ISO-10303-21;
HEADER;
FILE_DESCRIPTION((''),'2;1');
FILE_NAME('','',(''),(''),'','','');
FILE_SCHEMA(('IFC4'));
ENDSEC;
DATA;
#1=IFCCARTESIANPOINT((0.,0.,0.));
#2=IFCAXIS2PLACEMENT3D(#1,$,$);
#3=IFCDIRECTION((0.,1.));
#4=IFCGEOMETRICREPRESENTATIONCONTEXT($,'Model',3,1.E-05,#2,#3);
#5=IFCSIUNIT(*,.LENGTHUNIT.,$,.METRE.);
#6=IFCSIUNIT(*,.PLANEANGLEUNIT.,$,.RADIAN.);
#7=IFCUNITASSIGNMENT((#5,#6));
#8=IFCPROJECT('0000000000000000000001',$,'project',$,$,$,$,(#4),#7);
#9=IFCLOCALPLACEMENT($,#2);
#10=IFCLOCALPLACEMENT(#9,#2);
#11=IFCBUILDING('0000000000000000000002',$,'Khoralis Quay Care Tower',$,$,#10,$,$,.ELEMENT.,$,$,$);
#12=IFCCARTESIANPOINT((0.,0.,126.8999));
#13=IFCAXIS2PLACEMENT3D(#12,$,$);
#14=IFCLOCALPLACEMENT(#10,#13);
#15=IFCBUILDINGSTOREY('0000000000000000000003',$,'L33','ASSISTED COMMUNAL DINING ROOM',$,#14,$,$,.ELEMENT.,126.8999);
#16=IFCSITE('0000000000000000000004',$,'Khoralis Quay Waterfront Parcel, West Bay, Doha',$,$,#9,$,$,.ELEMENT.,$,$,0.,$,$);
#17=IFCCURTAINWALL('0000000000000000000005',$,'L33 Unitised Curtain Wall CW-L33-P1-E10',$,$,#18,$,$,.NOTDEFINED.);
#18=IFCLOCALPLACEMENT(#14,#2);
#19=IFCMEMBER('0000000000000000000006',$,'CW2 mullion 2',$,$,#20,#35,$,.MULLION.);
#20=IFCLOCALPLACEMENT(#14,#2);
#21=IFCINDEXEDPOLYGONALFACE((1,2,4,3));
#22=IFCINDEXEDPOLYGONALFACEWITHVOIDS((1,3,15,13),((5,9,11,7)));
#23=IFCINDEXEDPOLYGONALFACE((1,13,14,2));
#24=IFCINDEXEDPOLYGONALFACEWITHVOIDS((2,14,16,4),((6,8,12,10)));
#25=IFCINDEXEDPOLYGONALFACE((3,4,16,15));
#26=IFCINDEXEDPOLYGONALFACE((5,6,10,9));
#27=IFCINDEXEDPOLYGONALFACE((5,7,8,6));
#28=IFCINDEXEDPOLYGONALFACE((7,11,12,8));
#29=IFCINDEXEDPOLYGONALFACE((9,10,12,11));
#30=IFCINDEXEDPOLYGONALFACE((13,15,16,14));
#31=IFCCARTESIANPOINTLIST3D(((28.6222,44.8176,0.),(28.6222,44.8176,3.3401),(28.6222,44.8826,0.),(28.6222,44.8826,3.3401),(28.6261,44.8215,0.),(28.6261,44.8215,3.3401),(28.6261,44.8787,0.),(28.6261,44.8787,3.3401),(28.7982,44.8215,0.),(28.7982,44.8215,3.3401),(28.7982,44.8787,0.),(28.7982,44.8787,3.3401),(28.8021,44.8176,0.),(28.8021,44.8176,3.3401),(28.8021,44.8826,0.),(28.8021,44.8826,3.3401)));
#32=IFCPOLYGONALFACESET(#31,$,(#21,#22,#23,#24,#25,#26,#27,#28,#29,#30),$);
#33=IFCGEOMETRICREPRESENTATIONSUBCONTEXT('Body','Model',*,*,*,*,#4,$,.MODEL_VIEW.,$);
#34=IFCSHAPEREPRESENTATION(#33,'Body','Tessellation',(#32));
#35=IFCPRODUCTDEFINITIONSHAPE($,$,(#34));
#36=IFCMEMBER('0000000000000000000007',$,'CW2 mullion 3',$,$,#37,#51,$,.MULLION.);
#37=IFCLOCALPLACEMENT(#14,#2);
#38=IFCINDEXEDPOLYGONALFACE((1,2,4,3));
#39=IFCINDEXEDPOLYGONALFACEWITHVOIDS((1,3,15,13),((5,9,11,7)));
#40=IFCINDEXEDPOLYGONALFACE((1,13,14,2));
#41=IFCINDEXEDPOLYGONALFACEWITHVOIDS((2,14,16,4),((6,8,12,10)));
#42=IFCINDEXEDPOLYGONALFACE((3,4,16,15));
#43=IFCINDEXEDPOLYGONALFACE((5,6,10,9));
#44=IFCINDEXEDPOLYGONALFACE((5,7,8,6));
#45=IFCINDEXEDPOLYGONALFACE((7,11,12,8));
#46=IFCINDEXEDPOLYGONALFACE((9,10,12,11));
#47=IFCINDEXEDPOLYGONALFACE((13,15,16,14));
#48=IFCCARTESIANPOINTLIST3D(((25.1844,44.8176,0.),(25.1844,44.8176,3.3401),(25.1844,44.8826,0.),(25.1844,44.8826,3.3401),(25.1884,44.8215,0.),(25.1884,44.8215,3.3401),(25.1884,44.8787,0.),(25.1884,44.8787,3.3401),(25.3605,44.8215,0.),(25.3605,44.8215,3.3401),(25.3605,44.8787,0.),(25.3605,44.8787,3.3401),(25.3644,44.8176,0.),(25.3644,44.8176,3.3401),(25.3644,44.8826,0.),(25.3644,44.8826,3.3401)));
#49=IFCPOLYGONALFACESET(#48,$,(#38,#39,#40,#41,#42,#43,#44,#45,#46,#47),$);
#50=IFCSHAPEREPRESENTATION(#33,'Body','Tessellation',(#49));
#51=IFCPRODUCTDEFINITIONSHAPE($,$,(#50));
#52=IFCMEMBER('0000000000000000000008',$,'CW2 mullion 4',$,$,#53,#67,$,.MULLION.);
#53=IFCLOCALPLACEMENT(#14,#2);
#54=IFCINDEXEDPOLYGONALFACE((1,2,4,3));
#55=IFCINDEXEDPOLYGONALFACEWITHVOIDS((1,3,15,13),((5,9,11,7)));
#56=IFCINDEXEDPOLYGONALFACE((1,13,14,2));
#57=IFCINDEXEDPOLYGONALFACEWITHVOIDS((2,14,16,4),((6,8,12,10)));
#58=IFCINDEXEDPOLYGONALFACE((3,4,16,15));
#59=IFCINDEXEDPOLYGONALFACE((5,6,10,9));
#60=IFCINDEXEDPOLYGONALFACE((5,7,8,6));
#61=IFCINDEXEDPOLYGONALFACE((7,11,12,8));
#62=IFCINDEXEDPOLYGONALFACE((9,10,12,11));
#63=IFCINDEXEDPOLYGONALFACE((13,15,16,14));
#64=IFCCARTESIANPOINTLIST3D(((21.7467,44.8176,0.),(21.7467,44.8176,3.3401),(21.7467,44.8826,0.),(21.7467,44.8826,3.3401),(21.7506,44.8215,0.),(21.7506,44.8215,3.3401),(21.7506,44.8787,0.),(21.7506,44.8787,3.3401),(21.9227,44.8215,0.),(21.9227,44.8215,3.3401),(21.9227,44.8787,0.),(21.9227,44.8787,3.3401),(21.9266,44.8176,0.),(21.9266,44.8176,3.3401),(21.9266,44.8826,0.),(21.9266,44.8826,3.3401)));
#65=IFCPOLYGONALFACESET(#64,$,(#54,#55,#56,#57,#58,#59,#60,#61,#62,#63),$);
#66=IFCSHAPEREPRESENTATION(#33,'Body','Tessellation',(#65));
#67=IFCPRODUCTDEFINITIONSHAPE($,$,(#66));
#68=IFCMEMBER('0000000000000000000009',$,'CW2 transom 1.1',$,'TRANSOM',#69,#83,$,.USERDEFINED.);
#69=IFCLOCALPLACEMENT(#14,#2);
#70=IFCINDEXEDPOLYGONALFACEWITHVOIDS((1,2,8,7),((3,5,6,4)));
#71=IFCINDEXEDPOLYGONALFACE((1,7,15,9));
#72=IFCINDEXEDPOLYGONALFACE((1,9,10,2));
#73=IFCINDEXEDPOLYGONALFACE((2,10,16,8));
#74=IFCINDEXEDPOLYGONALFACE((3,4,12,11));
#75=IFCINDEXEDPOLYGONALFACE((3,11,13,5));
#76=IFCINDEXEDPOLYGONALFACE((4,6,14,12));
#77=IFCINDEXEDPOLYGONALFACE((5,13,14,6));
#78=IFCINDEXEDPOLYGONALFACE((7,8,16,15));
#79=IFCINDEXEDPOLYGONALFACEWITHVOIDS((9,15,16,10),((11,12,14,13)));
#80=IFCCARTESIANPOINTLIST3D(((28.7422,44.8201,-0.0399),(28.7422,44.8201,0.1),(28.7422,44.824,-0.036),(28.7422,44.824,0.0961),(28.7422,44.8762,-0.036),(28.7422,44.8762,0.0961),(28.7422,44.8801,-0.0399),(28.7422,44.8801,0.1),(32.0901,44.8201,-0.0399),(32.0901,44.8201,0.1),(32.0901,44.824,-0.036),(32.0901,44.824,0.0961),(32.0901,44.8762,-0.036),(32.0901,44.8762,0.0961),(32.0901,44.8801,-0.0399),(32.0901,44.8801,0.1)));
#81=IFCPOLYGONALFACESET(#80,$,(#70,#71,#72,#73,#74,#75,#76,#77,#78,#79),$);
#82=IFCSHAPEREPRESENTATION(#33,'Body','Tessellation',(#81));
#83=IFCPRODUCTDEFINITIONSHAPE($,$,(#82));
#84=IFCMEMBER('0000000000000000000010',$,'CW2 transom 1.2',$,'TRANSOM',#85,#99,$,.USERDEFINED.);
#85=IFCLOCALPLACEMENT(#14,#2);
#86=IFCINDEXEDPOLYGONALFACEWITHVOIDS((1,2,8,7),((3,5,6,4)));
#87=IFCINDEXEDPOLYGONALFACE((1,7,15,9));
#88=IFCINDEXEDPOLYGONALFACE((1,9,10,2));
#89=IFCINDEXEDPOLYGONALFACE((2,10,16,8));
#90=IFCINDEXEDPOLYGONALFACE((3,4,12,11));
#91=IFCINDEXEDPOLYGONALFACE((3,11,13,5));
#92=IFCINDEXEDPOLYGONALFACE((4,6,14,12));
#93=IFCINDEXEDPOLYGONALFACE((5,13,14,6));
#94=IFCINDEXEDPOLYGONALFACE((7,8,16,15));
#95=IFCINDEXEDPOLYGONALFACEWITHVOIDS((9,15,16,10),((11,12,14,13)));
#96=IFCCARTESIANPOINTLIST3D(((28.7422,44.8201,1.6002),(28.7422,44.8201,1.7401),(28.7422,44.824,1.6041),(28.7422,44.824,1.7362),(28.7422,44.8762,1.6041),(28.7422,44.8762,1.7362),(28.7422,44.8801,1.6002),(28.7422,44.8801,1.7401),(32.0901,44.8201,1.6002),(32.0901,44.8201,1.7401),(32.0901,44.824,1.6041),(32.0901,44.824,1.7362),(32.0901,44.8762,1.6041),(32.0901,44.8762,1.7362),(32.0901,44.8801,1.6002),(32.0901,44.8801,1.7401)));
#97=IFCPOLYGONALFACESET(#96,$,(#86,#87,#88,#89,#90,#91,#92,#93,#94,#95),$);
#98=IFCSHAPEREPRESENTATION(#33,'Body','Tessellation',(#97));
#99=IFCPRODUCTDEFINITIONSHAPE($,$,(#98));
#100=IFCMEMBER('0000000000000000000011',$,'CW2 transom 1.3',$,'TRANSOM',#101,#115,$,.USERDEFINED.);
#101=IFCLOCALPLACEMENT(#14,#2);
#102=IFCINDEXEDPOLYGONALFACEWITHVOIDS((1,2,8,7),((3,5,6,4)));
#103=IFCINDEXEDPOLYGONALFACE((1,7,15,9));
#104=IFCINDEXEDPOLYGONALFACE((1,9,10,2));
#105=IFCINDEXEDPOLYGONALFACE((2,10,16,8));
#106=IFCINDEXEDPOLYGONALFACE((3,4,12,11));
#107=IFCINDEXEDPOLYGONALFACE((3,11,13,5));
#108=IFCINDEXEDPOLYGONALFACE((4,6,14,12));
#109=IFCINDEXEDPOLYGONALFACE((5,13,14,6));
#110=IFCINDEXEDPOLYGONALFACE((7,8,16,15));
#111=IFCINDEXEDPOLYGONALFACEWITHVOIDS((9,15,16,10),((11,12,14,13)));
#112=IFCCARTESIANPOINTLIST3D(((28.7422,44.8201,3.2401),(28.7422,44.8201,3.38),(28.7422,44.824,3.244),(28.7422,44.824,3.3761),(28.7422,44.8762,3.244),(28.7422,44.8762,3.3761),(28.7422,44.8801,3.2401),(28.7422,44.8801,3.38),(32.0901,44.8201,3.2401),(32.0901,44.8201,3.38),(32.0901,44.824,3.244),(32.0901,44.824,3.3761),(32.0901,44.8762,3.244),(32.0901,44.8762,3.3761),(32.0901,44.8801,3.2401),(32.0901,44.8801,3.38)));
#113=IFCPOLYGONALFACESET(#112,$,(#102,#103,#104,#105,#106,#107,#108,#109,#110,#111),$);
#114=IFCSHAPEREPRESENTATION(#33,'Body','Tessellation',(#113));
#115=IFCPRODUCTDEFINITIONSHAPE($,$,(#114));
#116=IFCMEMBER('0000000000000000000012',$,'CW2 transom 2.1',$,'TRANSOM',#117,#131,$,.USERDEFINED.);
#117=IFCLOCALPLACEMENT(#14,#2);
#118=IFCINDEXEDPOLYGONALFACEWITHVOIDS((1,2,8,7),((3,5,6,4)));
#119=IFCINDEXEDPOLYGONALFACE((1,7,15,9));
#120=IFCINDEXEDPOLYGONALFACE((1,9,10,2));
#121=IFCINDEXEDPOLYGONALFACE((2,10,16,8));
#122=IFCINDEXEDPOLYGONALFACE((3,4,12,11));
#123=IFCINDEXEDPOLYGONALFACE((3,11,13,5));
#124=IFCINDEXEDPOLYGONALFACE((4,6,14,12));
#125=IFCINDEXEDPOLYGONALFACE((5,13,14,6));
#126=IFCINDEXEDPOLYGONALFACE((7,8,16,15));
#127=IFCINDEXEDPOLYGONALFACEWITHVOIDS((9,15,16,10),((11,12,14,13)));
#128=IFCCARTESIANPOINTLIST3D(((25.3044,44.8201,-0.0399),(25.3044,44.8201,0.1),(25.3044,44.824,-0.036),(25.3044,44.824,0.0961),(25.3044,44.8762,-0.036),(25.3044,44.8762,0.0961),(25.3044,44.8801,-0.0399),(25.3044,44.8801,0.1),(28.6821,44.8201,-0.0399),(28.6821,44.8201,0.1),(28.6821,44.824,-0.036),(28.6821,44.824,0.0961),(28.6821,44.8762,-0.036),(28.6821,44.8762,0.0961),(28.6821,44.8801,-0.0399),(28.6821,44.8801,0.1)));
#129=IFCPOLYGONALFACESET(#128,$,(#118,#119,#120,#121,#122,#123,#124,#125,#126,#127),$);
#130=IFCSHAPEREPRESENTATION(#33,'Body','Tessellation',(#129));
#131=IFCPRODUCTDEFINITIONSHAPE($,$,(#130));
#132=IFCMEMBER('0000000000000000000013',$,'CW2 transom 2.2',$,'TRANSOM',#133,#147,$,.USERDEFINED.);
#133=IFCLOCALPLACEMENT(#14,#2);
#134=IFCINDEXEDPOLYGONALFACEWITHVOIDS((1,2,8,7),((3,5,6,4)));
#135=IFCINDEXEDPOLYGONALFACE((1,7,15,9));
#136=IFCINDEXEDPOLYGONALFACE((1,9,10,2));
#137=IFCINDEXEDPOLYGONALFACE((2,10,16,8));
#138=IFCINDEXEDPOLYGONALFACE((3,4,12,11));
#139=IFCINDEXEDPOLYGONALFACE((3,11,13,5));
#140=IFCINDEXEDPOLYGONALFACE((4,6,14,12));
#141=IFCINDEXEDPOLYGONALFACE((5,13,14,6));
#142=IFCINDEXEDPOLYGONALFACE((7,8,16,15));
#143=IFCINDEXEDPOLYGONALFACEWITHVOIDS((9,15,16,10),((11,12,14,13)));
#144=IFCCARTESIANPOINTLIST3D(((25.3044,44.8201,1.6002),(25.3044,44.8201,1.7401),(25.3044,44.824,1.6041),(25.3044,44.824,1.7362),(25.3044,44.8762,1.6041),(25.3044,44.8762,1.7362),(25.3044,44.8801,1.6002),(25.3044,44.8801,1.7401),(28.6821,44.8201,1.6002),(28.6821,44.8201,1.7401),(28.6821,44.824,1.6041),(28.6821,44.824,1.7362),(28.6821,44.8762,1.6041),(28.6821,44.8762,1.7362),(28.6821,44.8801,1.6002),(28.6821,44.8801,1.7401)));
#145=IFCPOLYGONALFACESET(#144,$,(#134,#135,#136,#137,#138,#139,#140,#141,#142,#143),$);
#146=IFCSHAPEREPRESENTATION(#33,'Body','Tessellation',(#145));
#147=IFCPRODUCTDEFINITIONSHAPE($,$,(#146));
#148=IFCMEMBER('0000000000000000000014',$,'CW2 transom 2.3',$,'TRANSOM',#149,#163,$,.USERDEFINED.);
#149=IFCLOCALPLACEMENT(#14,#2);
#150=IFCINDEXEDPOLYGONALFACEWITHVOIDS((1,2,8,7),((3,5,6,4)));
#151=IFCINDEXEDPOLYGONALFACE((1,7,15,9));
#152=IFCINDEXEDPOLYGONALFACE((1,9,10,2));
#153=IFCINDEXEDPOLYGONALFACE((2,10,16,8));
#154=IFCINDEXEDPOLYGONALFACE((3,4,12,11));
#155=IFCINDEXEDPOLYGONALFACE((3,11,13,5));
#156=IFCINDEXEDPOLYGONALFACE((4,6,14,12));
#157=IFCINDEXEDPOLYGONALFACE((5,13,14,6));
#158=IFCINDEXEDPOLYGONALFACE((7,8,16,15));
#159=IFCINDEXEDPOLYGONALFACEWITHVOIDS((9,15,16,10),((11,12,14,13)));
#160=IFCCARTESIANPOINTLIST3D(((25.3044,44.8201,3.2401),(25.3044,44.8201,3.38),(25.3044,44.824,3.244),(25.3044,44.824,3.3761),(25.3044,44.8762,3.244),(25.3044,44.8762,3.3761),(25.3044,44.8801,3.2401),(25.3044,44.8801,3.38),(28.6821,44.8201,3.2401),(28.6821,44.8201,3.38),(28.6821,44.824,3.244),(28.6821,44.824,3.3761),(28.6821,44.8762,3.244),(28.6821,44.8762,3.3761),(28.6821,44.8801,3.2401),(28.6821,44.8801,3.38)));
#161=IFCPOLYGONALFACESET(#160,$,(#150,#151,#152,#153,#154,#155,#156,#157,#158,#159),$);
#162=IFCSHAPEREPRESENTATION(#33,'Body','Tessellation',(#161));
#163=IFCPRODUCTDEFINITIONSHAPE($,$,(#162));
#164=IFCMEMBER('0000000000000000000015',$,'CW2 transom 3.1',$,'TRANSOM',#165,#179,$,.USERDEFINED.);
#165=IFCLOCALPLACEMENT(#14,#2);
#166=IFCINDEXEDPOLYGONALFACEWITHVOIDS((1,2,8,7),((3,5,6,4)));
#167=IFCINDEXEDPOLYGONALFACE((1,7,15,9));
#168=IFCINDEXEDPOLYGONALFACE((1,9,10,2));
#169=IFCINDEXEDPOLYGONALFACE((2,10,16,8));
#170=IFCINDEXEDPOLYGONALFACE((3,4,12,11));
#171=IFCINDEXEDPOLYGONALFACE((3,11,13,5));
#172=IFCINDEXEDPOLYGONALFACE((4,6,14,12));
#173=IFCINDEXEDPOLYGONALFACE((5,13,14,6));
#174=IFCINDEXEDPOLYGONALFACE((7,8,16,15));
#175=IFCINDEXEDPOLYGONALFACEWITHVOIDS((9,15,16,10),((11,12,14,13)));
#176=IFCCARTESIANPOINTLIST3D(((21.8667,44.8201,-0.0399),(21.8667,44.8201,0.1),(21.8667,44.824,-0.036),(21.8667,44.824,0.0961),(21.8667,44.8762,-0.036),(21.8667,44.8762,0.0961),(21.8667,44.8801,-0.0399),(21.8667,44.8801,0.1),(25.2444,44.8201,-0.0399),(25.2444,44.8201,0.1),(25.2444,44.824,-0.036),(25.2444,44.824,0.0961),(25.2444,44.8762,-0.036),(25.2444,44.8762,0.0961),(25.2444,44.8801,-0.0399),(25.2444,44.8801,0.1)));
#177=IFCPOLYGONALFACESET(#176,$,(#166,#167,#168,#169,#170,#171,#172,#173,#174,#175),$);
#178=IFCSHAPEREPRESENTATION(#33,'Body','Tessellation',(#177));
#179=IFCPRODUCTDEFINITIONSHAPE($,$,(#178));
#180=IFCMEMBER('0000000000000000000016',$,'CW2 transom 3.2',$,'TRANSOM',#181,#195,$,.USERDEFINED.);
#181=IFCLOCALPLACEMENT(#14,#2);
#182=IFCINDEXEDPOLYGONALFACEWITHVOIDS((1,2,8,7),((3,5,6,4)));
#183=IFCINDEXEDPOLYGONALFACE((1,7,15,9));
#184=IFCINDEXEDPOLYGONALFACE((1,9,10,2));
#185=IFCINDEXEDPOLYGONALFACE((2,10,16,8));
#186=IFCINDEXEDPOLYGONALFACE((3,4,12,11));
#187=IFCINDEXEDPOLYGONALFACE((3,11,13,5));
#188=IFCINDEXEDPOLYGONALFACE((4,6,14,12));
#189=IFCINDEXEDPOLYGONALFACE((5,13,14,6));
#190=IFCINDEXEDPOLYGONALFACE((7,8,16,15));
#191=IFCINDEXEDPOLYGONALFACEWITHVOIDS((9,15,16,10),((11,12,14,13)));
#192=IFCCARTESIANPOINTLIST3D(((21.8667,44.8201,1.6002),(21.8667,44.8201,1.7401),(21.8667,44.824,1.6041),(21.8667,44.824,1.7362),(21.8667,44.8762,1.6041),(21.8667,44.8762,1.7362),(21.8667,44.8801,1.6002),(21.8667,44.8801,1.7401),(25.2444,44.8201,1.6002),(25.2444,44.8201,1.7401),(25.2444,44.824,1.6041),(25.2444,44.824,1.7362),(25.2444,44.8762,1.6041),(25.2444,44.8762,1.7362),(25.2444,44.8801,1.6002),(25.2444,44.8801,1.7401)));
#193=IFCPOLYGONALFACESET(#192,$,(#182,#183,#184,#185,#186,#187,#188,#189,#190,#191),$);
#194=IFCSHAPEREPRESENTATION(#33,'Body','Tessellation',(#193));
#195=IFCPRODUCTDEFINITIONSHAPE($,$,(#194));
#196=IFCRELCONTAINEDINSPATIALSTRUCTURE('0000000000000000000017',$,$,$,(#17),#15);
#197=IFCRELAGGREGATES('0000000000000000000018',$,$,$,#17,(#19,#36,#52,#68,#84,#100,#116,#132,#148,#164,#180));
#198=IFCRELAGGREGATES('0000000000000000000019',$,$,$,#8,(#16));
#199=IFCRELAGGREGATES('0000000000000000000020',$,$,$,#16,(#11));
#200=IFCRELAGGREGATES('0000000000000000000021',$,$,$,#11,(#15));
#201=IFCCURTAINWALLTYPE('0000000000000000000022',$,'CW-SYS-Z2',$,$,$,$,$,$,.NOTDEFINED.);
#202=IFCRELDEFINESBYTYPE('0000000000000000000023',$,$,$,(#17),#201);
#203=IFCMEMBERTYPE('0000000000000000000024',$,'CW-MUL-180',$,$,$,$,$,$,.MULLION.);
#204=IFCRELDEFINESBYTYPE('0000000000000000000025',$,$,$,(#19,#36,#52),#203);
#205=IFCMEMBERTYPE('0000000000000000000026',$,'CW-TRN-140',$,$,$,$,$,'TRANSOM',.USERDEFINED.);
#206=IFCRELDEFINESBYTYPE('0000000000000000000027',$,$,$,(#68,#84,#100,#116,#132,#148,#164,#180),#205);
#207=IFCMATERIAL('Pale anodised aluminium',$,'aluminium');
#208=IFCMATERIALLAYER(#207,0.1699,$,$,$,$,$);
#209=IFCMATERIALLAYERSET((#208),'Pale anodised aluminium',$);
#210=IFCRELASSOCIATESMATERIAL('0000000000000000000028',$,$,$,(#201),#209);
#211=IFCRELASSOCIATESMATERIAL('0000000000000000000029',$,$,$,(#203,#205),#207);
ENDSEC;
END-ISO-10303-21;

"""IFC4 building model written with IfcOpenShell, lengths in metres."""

from ifc_helpers import new_model, si_unit, direction, frame, origin, origin_2d, place, context, subcontext, project, spatial, hollow_rectangle, extrude, source, transform, mapped, material, layer, layer_set, material_profile, profile_set, type_object, element, aggregate, save


model = new_model("IFC4")

# Units and contexts
model_context = context("Model", 3, precision=1e-05, world=origin(), true_north=direction((0.0, 1.0)))
body_context = subcontext(model_context, "Body", "Model", "MODEL_VIEW")
ifc_project = project(units=[si_unit("LENGTHUNIT", "METRE"), si_unit("PLANEANGLEUNIT", "RADIAN")], contexts=[model_context])

# Site, building, storey
site_placement = place(None, origin())
site = spatial("IfcSite", under=ifc_project, at=site_placement, Name="Khoralis Quay Waterfront Parcel, West Bay, Doha", CompositionType="ELEMENT", RefElevation=0.0)
building_placement = place(site_placement, origin())
building = spatial("IfcBuilding", under=site, at=building_placement, Name="Khoralis Quay Care Tower", CompositionType="ELEMENT")
storey_placement = place(building_placement, frame((0.0, 0.0, 126.8999)))
storey = spatial("IfcBuildingStorey", under=building, at=storey_placement, Name="L33", Description="ASSISTED COMMUNAL DINING ROOM", CompositionType="ELEMENT", Elevation=126.8999)

# Curtain wall, members
ifc_material_1 = material(Name="Pale anodised aluminium", Category="aluminium")
ifc_layer_1 = layer(ifc_material_1, 0.1699)
ifc_layer_set_1 = layer_set([ifc_layer_1], Name="Pale anodised aluminium")
curtain_wall_type = type_object("IfcCurtainWallType", Name="CW-SYS-Z2", PredefinedType="NOTDEFINED", material=ifc_layer_set_1)
curtain_wall_placement = place(storey_placement, origin())
curtain_wall = element("IfcCurtainWall", 1, at=curtain_wall_placement, inside=storey, type_object=curtain_wall_type, Name="L33 Unitised Curtain Wall CW-L33-P1-E10", PredefinedType="NOTDEFINED")
ifc_material_profile_1 = material_profile(ifc_material_1, hollow_rectangle(XDim=0.0649, YDim=0.1799, WallThickness=0.0039, at=origin_2d()), Name="Pale anodised aluminium")
ifc_profile_set_1 = profile_set([ifc_material_profile_1], Name="Pale anodised aluminium")
member_type_1 = type_object("IfcMemberType", Name="CW-MUL-180", PredefinedType="MULLION", material=ifc_profile_set_1)
shared_shape_1 = source(origin(), body_context, "Body", "SweptSolid", [
    extrude(hollow_rectangle(XDim=0.0649, YDim=0.1799, WallThickness=0.0039, at=origin_2d()), origin(), (0.0, 0.0, 1.0), 3.3401),
])
member_1_placement = place(storey_placement, frame((28.7122, 44.8501, 0.0), z_axis=(0.0, 0.0, 1.0), x_axis=(0.0, -1.0, 0.0)))
member_1 = element("IfcMember", 2, at=member_1_placement, type_object=member_type_1, Name="CW2 mullion 2", PredefinedType="MULLION", context=body_context, shape_type="MappedRepresentation", body=[
    mapped(shared_shape_1, transform((0.0, 0.0, 0.0), scale=1.0)),
])
member_2_placement = place(storey_placement, frame((25.2744, 44.8501, 0.0), z_axis=(0.0, 0.0, 1.0), x_axis=(0.0, -1.0, 0.0)))
member_2 = element("IfcMember", 3, at=member_2_placement, type_object=member_type_1, Name="CW2 mullion 3", PredefinedType="MULLION", context=body_context, shape_type="MappedRepresentation", body=[
    mapped(shared_shape_1, transform((0.0, 0.0, 0.0), scale=1.0)),
])
member_3_placement = place(storey_placement, frame((21.8367, 44.8501, 0.0), z_axis=(0.0, 0.0, 1.0), x_axis=(0.0, -1.0, 0.0)))
member_3 = element("IfcMember", 4, at=member_3_placement, type_object=member_type_1, Name="CW2 mullion 4", PredefinedType="MULLION", context=body_context, shape_type="MappedRepresentation", body=[
    mapped(shared_shape_1, transform((0.0, 0.0, 0.0), scale=1.0)),
])
ifc_material_profile_2 = material_profile(ifc_material_1, hollow_rectangle(XDim=0.0601, YDim=0.1399, WallThickness=0.0039, at=origin_2d()), Name="Pale anodised aluminium")
ifc_profile_set_2 = profile_set([ifc_material_profile_2], Name="Pale anodised aluminium")
member_type_2 = type_object("IfcMemberType", Name="CW-TRN-140", ElementType="TRANSOM", PredefinedType="USERDEFINED", material=ifc_profile_set_2)
shared_shape_2 = source(origin(), body_context, "Body", "SweptSolid", [
    extrude(hollow_rectangle(XDim=0.0601, YDim=0.1399, WallThickness=0.0039, at=origin_2d()), origin(), (0.0, 0.0, 1.0), 3.3479),
])
member_4_placement = place(storey_placement, frame((32.0901, 44.8501, 0.03), z_axis=(-1.0, 0.0, 0.0), x_axis=(0.0, -1.0, 0.0)))
member_4 = element("IfcMember", 5, at=member_4_placement, type_object=member_type_2, Name="CW2 transom 1.1", ObjectType="TRANSOM", PredefinedType="USERDEFINED", context=body_context, shape_type="MappedRepresentation", body=[
    mapped(shared_shape_2, transform((0.0, 0.0, 0.0), scale=1.0)),
])
member_5_placement = place(storey_placement, frame((32.0901, 44.8501, 1.6702), z_axis=(-1.0, 0.0, 0.0), x_axis=(0.0, -1.0, 0.0)))
member_5 = element("IfcMember", 6, at=member_5_placement, type_object=member_type_2, Name="CW2 transom 1.2", ObjectType="TRANSOM", PredefinedType="USERDEFINED", context=body_context, shape_type="MappedRepresentation", body=[
    mapped(shared_shape_2, transform((0.0, 0.0, 0.0), scale=1.0)),
])
member_6_placement = place(storey_placement, frame((32.0901, 44.8501, 3.3101), z_axis=(-1.0, 0.0, 0.0), x_axis=(0.0, -1.0, 0.0)))
member_6 = element("IfcMember", 7, at=member_6_placement, type_object=member_type_2, Name="CW2 transom 1.3", ObjectType="TRANSOM", PredefinedType="USERDEFINED", context=body_context, shape_type="MappedRepresentation", body=[
    mapped(shared_shape_2, transform((0.0, 0.0, 0.0), scale=1.0)),
])
shared_shape_3 = source(origin(), body_context, "Body", "SweptSolid", [
    extrude(hollow_rectangle(XDim=0.0601, YDim=0.1399, WallThickness=0.0039, at=origin_2d()), origin(), (0.0, 0.0, 1.0), 3.3777),
])
member_7_placement = place(storey_placement, frame((28.6821, 44.8501, 0.03), z_axis=(-1.0, 0.0, 0.0), x_axis=(0.0, -1.0, 0.0)))
member_7 = element("IfcMember", 8, at=member_7_placement, type_object=member_type_2, Name="CW2 transom 2.1", ObjectType="TRANSOM", PredefinedType="USERDEFINED", context=body_context, shape_type="MappedRepresentation", body=[
    mapped(shared_shape_3, transform((0.0, 0.0, 0.0), scale=1.0)),
])
member_8_placement = place(storey_placement, frame((28.6821, 44.8501, 1.6702), z_axis=(-1.0, 0.0, 0.0), x_axis=(0.0, -1.0, 0.0)))
member_8 = element("IfcMember", 9, at=member_8_placement, type_object=member_type_2, Name="CW2 transom 2.2", ObjectType="TRANSOM", PredefinedType="USERDEFINED", context=body_context, shape_type="MappedRepresentation", body=[
    mapped(shared_shape_3, transform((0.0, 0.0, 0.0), scale=1.0)),
])
member_9_placement = place(storey_placement, frame((28.6821, 44.8501, 3.3101), z_axis=(-1.0, 0.0, 0.0), x_axis=(0.0, -1.0, 0.0)))
member_9 = element("IfcMember", 10, at=member_9_placement, type_object=member_type_2, Name="CW2 transom 2.3", ObjectType="TRANSOM", PredefinedType="USERDEFINED", context=body_context, shape_type="MappedRepresentation", body=[
    mapped(shared_shape_3, transform((0.0, 0.0, 0.0), scale=1.0)),
])
member_10_placement = place(storey_placement, frame((25.2444, 44.8501, 0.03), z_axis=(-1.0, 0.0, 0.0), x_axis=(0.0, -1.0, 0.0)))
member_10 = element("IfcMember", 11, at=member_10_placement, type_object=member_type_2, Name="CW2 transom 3.1", ObjectType="TRANSOM", PredefinedType="USERDEFINED", context=body_context, shape_type="MappedRepresentation", body=[
    mapped(shared_shape_3, transform((0.0, 0.0, 0.0), scale=1.0)),
])
member_11_placement = place(storey_placement, frame((25.2444, 44.8501, 1.6702), z_axis=(-1.0, 0.0, 0.0), x_axis=(0.0, -1.0, 0.0)))
member_11 = element("IfcMember", 12, at=member_11_placement, type_object=member_type_2, Name="CW2 transom 3.2", ObjectType="TRANSOM", PredefinedType="USERDEFINED", context=body_context, shape_type="MappedRepresentation", body=[
    mapped(shared_shape_3, transform((0.0, 0.0, 0.0), scale=1.0)),
])
aggregate(curtain_wall, [member_1, member_2, member_3, member_4, member_5, member_6, member_7, member_8, member_9, member_10, member_11])

save(model, "model.ifc")
